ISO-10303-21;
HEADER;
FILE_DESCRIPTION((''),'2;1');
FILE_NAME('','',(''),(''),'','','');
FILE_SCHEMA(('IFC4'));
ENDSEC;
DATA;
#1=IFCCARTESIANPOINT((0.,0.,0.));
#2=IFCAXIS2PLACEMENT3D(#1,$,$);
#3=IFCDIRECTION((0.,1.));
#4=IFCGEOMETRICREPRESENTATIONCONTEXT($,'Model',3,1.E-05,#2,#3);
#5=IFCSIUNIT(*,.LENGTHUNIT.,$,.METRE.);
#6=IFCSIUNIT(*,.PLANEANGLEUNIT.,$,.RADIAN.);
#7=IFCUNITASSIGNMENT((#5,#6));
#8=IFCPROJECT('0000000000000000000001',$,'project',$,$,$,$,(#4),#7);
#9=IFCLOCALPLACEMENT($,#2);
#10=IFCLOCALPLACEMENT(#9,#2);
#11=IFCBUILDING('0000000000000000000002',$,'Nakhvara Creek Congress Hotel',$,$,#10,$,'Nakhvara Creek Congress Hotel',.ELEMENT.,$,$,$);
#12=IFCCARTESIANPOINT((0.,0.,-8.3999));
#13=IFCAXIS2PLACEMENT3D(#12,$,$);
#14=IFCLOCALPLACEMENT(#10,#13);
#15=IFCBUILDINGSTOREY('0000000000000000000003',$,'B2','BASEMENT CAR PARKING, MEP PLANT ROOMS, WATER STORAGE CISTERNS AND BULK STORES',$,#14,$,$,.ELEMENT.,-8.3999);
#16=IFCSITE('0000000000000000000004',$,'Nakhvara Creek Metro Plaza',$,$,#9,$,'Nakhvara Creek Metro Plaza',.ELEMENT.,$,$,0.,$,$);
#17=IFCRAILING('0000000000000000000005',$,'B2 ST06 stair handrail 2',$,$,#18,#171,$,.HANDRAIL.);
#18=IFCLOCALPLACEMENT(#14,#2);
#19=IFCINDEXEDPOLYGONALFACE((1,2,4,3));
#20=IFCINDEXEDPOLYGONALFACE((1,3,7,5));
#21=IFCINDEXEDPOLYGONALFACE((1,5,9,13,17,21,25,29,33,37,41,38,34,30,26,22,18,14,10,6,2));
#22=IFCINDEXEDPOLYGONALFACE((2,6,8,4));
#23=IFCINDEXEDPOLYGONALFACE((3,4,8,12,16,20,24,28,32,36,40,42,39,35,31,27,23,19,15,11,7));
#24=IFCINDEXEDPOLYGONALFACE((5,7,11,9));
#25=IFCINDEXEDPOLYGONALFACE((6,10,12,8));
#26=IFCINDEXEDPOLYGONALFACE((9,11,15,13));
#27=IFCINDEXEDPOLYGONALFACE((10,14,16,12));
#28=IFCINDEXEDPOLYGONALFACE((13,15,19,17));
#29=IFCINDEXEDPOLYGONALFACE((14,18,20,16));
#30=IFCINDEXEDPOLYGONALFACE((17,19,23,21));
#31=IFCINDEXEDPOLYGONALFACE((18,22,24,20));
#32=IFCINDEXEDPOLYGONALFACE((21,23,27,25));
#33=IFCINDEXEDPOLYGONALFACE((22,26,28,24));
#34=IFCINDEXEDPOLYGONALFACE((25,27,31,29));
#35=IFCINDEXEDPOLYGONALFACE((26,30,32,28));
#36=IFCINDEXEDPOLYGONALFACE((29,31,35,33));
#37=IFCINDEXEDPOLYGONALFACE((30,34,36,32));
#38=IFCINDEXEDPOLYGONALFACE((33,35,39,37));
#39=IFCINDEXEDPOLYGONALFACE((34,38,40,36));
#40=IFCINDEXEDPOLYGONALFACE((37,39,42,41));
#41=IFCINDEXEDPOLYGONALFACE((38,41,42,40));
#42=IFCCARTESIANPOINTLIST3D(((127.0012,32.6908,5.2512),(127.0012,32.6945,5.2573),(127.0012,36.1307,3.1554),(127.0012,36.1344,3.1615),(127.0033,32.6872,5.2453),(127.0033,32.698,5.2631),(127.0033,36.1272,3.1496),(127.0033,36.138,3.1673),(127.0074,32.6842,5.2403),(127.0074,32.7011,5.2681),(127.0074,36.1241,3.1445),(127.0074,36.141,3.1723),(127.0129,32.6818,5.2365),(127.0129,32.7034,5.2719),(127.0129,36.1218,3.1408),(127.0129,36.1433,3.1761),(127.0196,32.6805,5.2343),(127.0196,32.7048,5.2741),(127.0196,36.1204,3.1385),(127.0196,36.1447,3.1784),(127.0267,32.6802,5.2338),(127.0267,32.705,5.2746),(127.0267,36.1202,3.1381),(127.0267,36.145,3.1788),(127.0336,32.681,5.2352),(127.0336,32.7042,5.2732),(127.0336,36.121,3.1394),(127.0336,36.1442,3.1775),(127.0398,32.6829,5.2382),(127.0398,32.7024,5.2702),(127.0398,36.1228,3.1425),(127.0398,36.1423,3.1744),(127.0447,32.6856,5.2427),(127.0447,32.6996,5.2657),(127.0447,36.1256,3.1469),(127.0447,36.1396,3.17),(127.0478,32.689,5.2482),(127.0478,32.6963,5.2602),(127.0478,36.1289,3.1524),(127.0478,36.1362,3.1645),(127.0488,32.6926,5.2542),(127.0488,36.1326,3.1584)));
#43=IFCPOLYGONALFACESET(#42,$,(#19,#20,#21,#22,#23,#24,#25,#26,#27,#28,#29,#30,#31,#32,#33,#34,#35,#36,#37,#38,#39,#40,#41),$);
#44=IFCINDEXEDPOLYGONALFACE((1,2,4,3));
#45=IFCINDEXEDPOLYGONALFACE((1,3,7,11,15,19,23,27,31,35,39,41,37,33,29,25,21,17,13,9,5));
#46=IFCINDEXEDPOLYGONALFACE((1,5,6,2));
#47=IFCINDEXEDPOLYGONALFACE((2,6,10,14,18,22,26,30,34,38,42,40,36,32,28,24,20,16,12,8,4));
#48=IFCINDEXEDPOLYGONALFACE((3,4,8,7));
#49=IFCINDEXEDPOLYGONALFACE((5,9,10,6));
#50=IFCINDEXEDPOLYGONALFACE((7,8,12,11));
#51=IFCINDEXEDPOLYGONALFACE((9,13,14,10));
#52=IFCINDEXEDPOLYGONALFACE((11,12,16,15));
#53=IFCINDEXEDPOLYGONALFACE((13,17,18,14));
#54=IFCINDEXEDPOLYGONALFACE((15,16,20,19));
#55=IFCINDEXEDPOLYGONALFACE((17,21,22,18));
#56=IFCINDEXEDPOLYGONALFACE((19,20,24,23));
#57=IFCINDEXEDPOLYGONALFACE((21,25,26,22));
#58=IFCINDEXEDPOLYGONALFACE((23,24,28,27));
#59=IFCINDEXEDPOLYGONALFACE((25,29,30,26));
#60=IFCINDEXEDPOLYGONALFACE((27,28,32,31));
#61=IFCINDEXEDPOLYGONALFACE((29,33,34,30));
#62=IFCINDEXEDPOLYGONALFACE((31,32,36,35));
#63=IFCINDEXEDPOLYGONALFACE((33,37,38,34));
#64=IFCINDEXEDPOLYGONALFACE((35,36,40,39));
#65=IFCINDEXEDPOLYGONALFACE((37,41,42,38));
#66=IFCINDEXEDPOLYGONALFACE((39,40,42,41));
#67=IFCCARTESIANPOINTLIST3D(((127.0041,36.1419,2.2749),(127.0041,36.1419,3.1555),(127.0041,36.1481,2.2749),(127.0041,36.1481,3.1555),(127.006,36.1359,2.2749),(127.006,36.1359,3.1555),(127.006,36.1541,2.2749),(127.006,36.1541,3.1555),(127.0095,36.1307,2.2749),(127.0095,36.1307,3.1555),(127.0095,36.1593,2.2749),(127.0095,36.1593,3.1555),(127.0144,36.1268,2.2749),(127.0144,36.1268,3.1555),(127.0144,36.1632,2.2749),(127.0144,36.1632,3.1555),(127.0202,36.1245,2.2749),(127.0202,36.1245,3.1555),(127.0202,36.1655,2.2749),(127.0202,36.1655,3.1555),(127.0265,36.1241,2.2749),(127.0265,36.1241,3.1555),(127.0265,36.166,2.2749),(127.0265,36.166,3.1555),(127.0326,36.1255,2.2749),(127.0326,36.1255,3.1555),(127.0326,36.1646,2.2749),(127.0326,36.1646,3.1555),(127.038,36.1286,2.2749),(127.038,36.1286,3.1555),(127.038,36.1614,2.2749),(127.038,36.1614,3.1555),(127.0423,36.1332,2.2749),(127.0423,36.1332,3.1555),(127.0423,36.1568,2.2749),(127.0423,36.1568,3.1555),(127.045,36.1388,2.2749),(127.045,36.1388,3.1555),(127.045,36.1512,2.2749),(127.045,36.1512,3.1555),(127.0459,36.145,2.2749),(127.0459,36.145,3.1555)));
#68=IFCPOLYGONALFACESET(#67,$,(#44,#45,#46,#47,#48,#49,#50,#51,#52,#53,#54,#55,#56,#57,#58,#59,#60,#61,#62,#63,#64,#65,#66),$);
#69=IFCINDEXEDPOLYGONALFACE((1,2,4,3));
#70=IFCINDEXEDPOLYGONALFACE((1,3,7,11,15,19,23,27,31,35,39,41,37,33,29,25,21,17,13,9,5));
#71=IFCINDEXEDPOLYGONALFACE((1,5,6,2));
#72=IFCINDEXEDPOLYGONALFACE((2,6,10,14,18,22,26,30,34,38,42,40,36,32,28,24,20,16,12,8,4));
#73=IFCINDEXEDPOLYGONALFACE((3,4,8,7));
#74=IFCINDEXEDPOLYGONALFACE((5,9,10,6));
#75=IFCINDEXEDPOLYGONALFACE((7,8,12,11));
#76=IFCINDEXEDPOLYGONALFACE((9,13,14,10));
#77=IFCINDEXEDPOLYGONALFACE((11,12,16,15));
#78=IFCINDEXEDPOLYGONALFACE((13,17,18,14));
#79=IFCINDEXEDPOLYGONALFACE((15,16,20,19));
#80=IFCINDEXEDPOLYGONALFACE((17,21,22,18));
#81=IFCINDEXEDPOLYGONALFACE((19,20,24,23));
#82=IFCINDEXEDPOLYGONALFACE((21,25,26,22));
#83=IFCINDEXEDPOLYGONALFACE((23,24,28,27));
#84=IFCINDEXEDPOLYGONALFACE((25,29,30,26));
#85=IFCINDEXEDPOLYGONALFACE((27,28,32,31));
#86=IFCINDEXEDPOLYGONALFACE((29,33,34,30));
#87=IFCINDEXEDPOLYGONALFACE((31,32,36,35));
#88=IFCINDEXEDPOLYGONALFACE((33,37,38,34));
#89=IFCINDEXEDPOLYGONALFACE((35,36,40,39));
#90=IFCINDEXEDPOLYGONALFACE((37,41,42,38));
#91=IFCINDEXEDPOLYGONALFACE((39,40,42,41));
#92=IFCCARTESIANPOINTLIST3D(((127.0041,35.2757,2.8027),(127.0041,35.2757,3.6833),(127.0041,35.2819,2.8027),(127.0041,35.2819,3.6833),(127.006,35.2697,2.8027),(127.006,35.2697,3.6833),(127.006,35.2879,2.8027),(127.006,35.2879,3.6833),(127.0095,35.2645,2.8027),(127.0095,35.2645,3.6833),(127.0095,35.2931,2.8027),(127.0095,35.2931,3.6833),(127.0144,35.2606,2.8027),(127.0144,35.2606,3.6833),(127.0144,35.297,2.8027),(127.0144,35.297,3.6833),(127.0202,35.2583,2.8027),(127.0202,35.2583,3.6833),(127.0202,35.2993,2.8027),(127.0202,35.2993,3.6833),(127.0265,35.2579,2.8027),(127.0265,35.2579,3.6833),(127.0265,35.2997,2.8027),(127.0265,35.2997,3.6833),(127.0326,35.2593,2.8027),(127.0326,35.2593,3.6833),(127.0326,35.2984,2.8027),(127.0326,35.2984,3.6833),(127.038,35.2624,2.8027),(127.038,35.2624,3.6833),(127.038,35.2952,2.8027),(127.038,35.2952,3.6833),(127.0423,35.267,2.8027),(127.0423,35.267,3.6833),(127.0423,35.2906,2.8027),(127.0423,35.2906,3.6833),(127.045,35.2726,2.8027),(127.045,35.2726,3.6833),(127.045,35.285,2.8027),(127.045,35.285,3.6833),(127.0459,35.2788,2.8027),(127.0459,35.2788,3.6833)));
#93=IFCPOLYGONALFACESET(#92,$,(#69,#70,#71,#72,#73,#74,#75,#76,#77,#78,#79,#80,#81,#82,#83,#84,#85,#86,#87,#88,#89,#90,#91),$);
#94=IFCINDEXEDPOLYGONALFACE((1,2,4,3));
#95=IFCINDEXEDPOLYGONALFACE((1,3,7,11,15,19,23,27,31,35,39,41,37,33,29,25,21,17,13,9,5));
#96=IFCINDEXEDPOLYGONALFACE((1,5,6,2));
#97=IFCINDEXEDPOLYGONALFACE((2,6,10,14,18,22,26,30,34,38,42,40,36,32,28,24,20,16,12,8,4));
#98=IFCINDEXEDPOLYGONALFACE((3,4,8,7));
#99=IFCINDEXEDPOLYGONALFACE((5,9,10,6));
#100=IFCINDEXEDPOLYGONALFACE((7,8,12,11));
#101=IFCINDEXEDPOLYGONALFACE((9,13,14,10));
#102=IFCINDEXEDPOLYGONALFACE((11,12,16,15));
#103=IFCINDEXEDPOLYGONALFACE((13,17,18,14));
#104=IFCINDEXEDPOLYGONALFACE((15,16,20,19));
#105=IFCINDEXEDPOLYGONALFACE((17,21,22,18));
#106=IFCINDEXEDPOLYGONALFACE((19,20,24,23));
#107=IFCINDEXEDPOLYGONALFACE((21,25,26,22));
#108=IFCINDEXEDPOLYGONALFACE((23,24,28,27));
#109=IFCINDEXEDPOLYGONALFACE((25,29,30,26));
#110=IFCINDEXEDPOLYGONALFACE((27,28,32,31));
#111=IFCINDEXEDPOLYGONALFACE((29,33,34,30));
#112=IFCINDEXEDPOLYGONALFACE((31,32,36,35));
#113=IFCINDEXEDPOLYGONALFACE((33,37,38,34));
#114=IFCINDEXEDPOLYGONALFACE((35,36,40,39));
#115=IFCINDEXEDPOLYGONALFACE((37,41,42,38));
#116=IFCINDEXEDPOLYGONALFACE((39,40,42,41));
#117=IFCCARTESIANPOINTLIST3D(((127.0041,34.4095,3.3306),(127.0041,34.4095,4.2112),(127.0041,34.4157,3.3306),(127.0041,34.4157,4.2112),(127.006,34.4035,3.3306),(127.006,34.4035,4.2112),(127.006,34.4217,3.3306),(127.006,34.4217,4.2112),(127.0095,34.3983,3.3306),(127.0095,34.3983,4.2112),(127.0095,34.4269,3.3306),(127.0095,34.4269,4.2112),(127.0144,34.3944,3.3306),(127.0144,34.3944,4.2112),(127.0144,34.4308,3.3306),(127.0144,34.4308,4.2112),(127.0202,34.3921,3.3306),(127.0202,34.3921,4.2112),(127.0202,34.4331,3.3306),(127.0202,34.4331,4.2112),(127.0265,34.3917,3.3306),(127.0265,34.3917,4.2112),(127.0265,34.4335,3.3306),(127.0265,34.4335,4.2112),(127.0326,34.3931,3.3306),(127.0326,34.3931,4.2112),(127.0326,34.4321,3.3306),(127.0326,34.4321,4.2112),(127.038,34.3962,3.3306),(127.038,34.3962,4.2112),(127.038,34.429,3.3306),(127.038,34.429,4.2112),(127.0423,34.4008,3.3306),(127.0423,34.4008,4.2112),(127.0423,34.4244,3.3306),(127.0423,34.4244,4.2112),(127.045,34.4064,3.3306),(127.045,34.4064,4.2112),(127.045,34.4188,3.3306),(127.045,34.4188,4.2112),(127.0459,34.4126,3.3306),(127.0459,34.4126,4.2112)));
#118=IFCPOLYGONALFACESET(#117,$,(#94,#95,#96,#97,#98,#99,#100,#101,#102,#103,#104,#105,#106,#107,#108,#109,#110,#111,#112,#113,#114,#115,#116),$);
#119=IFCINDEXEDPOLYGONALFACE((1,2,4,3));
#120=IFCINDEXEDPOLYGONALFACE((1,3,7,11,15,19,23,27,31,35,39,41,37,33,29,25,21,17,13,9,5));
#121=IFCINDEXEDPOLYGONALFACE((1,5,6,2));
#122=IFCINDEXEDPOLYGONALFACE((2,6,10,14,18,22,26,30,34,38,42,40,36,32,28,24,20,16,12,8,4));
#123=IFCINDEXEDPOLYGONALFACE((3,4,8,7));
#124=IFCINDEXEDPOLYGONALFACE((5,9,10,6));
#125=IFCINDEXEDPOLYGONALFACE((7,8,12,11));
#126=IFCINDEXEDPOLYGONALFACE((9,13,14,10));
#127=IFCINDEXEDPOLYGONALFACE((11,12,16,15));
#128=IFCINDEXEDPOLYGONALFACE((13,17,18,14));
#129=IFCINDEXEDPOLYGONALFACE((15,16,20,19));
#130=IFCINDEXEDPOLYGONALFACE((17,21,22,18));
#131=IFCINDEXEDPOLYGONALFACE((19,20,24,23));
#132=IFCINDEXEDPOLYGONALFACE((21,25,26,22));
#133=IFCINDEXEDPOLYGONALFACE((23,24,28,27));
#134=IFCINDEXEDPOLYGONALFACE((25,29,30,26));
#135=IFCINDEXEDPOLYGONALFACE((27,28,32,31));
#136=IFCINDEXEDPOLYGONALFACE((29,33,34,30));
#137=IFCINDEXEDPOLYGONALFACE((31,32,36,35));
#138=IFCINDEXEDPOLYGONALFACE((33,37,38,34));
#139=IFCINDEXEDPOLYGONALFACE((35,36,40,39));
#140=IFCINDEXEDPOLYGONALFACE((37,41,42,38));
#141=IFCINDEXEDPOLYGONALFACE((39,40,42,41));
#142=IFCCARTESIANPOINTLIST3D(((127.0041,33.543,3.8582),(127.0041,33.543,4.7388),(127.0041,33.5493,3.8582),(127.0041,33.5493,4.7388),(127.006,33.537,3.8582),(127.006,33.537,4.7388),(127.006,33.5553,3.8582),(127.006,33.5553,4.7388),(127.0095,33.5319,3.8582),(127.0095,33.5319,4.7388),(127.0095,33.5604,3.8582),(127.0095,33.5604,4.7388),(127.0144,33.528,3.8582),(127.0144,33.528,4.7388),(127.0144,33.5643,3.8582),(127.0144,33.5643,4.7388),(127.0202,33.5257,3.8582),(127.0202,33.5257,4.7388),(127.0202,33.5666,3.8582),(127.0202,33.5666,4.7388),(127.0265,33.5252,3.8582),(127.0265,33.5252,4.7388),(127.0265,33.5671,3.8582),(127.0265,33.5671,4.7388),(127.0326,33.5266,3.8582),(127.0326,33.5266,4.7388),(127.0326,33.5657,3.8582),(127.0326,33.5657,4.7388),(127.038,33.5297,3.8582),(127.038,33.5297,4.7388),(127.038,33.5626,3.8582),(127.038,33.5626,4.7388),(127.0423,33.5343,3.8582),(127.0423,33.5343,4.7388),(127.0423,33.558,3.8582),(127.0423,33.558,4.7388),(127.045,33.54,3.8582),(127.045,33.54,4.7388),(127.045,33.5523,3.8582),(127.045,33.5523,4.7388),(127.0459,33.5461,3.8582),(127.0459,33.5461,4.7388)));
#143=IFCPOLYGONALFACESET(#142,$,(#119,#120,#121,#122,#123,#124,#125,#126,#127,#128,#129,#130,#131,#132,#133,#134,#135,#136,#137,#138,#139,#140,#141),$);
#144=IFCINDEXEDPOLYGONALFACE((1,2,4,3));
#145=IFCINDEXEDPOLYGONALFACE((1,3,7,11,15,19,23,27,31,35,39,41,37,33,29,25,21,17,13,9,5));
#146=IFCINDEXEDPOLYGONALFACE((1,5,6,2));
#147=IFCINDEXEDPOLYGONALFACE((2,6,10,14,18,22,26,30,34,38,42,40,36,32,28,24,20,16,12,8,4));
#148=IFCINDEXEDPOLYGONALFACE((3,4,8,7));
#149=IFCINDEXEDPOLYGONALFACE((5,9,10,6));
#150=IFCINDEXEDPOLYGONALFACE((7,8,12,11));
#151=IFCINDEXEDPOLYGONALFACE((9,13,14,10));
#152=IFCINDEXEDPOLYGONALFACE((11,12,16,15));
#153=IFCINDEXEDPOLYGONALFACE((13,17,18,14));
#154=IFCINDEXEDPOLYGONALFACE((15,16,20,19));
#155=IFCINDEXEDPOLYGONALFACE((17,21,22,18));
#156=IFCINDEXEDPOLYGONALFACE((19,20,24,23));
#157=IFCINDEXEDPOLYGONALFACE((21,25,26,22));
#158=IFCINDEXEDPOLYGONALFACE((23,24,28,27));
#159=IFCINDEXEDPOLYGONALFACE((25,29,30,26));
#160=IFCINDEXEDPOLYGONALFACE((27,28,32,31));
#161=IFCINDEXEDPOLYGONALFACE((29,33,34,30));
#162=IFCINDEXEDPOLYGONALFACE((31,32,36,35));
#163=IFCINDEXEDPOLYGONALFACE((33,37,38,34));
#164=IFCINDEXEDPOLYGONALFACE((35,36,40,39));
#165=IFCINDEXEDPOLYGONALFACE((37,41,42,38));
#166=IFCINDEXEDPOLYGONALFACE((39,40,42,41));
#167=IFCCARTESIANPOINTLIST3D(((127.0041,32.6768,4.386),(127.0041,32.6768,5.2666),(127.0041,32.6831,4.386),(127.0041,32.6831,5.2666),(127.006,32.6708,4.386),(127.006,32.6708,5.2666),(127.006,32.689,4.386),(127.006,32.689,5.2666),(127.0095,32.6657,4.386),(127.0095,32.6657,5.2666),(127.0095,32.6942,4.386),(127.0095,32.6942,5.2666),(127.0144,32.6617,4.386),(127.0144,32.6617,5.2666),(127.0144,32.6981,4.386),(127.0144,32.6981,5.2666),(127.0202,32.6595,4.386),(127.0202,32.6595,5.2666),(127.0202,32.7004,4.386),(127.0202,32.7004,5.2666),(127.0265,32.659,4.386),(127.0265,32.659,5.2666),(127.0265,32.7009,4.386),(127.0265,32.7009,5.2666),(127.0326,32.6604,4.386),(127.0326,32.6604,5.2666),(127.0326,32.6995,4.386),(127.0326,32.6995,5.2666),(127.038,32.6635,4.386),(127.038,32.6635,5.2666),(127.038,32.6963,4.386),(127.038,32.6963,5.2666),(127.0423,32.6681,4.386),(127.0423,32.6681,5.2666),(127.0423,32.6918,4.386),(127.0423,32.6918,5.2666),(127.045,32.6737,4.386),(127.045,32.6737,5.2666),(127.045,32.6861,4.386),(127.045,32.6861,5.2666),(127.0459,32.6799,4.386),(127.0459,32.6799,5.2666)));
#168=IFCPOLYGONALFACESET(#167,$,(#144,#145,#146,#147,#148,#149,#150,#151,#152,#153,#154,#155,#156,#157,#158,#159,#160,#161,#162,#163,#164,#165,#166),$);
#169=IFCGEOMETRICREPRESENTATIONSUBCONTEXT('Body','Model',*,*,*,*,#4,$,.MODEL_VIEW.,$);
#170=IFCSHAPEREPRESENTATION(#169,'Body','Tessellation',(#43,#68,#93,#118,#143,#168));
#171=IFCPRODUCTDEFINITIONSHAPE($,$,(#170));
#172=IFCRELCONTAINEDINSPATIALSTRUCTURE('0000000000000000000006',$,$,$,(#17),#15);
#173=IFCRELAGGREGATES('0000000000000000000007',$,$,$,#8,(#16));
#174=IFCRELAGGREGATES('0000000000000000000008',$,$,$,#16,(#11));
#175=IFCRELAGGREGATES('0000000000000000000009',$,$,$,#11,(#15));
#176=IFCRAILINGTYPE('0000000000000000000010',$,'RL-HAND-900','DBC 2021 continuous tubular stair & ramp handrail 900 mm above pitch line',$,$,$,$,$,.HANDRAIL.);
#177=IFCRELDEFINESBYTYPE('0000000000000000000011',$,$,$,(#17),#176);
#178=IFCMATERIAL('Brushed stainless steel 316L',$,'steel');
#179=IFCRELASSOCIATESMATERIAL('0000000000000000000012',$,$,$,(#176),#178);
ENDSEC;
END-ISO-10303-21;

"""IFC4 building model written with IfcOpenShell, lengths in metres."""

from ifc_helpers import new_model, si_unit, direction, frame, origin, origin_2d, place, context, subcontext, project, spatial, circle, extrude, material, type_object, element, save


model = new_model("IFC4")

# Units and contexts
model_context = context("Model", 3, precision=1e-05, world=origin(), true_north=direction((0.0, 1.0)))
body_context = subcontext(model_context, "Body", "Model", "MODEL_VIEW")
ifc_project = project(units=[si_unit("LENGTHUNIT", "METRE"), si_unit("PLANEANGLEUNIT", "RADIAN")], contexts=[model_context])

# Site, building, storey
site_placement = place(None, origin())
site = spatial("IfcSite", under=ifc_project, at=site_placement, Name="Nakhvara Creek Metro Plaza", LongName="Nakhvara Creek Metro Plaza", CompositionType="ELEMENT", RefElevation=0.0)
building_placement = place(site_placement, origin())
building = spatial("IfcBuilding", under=site, at=building_placement, Name="Nakhvara Creek Congress Hotel", LongName="Nakhvara Creek Congress Hotel", CompositionType="ELEMENT")
storey_placement = place(building_placement, frame((0.0, 0.0, -8.3999)))
storey = spatial("IfcBuildingStorey", under=building, at=storey_placement, Name="B2", Description="BASEMENT CAR PARKING, MEP PLANT ROOMS, WATER STORAGE CISTERNS AND BULK STORES", CompositionType="ELEMENT", Elevation=-8.3999)

# Railing
ifc_material_1 = material(Name="Brushed stainless steel 316L", Category="steel")
railing_type_1 = type_object("IfcRailingType", Name="RL-HAND-900", Description="DBC 2021 continuous tubular stair & ramp handrail 900 mm above pitch line", PredefinedType="HANDRAIL", material=ifc_material_1)
railing_1_placement = place(storey_placement, frame((127.0249, 36.145, 2.2749)))
element("IfcRailing", 1, at=railing_1_placement, inside=storey, type_object=railing_type_1, Name="B2 ST06 stair handrail 2", PredefinedType="HANDRAIL", context=body_context, shape_type="SweptSolid", body=[
    extrude(circle(Radius=0.0239, at=origin_2d()), frame((0.0, -0.0125, 0.8835), z_axis=(0.0, -0.853991, 0.520289), x_axis=(1.0, 0.0, 0.0)), (0.0, 0.0, 1.0), 4.0281),
    extrude(circle(Radius=0.021, at=origin_2d()), origin(), (0.0, 0.0, 1.0), 0.8806),
    extrude(circle(Radius=0.021, at=origin_2d()), frame((0.0, -0.8662, 0.5278)), (0.0, 0.0, 1.0), 0.8806),
    extrude(circle(Radius=0.021, at=origin_2d()), frame((0.0, -1.7324, 1.0557)), (0.0, 0.0, 1.0), 0.8806),
    extrude(circle(Radius=0.021, at=origin_2d()), frame((0.0, -2.5989, 1.5833)), (0.0, 0.0, 1.0), 0.8806),
    extrude(circle(Radius=0.021, at=origin_2d()), frame((0.0, -3.4651, 2.1111)), (0.0, 0.0, 1.0), 0.8806),
])

save(model, "model.ifc")
